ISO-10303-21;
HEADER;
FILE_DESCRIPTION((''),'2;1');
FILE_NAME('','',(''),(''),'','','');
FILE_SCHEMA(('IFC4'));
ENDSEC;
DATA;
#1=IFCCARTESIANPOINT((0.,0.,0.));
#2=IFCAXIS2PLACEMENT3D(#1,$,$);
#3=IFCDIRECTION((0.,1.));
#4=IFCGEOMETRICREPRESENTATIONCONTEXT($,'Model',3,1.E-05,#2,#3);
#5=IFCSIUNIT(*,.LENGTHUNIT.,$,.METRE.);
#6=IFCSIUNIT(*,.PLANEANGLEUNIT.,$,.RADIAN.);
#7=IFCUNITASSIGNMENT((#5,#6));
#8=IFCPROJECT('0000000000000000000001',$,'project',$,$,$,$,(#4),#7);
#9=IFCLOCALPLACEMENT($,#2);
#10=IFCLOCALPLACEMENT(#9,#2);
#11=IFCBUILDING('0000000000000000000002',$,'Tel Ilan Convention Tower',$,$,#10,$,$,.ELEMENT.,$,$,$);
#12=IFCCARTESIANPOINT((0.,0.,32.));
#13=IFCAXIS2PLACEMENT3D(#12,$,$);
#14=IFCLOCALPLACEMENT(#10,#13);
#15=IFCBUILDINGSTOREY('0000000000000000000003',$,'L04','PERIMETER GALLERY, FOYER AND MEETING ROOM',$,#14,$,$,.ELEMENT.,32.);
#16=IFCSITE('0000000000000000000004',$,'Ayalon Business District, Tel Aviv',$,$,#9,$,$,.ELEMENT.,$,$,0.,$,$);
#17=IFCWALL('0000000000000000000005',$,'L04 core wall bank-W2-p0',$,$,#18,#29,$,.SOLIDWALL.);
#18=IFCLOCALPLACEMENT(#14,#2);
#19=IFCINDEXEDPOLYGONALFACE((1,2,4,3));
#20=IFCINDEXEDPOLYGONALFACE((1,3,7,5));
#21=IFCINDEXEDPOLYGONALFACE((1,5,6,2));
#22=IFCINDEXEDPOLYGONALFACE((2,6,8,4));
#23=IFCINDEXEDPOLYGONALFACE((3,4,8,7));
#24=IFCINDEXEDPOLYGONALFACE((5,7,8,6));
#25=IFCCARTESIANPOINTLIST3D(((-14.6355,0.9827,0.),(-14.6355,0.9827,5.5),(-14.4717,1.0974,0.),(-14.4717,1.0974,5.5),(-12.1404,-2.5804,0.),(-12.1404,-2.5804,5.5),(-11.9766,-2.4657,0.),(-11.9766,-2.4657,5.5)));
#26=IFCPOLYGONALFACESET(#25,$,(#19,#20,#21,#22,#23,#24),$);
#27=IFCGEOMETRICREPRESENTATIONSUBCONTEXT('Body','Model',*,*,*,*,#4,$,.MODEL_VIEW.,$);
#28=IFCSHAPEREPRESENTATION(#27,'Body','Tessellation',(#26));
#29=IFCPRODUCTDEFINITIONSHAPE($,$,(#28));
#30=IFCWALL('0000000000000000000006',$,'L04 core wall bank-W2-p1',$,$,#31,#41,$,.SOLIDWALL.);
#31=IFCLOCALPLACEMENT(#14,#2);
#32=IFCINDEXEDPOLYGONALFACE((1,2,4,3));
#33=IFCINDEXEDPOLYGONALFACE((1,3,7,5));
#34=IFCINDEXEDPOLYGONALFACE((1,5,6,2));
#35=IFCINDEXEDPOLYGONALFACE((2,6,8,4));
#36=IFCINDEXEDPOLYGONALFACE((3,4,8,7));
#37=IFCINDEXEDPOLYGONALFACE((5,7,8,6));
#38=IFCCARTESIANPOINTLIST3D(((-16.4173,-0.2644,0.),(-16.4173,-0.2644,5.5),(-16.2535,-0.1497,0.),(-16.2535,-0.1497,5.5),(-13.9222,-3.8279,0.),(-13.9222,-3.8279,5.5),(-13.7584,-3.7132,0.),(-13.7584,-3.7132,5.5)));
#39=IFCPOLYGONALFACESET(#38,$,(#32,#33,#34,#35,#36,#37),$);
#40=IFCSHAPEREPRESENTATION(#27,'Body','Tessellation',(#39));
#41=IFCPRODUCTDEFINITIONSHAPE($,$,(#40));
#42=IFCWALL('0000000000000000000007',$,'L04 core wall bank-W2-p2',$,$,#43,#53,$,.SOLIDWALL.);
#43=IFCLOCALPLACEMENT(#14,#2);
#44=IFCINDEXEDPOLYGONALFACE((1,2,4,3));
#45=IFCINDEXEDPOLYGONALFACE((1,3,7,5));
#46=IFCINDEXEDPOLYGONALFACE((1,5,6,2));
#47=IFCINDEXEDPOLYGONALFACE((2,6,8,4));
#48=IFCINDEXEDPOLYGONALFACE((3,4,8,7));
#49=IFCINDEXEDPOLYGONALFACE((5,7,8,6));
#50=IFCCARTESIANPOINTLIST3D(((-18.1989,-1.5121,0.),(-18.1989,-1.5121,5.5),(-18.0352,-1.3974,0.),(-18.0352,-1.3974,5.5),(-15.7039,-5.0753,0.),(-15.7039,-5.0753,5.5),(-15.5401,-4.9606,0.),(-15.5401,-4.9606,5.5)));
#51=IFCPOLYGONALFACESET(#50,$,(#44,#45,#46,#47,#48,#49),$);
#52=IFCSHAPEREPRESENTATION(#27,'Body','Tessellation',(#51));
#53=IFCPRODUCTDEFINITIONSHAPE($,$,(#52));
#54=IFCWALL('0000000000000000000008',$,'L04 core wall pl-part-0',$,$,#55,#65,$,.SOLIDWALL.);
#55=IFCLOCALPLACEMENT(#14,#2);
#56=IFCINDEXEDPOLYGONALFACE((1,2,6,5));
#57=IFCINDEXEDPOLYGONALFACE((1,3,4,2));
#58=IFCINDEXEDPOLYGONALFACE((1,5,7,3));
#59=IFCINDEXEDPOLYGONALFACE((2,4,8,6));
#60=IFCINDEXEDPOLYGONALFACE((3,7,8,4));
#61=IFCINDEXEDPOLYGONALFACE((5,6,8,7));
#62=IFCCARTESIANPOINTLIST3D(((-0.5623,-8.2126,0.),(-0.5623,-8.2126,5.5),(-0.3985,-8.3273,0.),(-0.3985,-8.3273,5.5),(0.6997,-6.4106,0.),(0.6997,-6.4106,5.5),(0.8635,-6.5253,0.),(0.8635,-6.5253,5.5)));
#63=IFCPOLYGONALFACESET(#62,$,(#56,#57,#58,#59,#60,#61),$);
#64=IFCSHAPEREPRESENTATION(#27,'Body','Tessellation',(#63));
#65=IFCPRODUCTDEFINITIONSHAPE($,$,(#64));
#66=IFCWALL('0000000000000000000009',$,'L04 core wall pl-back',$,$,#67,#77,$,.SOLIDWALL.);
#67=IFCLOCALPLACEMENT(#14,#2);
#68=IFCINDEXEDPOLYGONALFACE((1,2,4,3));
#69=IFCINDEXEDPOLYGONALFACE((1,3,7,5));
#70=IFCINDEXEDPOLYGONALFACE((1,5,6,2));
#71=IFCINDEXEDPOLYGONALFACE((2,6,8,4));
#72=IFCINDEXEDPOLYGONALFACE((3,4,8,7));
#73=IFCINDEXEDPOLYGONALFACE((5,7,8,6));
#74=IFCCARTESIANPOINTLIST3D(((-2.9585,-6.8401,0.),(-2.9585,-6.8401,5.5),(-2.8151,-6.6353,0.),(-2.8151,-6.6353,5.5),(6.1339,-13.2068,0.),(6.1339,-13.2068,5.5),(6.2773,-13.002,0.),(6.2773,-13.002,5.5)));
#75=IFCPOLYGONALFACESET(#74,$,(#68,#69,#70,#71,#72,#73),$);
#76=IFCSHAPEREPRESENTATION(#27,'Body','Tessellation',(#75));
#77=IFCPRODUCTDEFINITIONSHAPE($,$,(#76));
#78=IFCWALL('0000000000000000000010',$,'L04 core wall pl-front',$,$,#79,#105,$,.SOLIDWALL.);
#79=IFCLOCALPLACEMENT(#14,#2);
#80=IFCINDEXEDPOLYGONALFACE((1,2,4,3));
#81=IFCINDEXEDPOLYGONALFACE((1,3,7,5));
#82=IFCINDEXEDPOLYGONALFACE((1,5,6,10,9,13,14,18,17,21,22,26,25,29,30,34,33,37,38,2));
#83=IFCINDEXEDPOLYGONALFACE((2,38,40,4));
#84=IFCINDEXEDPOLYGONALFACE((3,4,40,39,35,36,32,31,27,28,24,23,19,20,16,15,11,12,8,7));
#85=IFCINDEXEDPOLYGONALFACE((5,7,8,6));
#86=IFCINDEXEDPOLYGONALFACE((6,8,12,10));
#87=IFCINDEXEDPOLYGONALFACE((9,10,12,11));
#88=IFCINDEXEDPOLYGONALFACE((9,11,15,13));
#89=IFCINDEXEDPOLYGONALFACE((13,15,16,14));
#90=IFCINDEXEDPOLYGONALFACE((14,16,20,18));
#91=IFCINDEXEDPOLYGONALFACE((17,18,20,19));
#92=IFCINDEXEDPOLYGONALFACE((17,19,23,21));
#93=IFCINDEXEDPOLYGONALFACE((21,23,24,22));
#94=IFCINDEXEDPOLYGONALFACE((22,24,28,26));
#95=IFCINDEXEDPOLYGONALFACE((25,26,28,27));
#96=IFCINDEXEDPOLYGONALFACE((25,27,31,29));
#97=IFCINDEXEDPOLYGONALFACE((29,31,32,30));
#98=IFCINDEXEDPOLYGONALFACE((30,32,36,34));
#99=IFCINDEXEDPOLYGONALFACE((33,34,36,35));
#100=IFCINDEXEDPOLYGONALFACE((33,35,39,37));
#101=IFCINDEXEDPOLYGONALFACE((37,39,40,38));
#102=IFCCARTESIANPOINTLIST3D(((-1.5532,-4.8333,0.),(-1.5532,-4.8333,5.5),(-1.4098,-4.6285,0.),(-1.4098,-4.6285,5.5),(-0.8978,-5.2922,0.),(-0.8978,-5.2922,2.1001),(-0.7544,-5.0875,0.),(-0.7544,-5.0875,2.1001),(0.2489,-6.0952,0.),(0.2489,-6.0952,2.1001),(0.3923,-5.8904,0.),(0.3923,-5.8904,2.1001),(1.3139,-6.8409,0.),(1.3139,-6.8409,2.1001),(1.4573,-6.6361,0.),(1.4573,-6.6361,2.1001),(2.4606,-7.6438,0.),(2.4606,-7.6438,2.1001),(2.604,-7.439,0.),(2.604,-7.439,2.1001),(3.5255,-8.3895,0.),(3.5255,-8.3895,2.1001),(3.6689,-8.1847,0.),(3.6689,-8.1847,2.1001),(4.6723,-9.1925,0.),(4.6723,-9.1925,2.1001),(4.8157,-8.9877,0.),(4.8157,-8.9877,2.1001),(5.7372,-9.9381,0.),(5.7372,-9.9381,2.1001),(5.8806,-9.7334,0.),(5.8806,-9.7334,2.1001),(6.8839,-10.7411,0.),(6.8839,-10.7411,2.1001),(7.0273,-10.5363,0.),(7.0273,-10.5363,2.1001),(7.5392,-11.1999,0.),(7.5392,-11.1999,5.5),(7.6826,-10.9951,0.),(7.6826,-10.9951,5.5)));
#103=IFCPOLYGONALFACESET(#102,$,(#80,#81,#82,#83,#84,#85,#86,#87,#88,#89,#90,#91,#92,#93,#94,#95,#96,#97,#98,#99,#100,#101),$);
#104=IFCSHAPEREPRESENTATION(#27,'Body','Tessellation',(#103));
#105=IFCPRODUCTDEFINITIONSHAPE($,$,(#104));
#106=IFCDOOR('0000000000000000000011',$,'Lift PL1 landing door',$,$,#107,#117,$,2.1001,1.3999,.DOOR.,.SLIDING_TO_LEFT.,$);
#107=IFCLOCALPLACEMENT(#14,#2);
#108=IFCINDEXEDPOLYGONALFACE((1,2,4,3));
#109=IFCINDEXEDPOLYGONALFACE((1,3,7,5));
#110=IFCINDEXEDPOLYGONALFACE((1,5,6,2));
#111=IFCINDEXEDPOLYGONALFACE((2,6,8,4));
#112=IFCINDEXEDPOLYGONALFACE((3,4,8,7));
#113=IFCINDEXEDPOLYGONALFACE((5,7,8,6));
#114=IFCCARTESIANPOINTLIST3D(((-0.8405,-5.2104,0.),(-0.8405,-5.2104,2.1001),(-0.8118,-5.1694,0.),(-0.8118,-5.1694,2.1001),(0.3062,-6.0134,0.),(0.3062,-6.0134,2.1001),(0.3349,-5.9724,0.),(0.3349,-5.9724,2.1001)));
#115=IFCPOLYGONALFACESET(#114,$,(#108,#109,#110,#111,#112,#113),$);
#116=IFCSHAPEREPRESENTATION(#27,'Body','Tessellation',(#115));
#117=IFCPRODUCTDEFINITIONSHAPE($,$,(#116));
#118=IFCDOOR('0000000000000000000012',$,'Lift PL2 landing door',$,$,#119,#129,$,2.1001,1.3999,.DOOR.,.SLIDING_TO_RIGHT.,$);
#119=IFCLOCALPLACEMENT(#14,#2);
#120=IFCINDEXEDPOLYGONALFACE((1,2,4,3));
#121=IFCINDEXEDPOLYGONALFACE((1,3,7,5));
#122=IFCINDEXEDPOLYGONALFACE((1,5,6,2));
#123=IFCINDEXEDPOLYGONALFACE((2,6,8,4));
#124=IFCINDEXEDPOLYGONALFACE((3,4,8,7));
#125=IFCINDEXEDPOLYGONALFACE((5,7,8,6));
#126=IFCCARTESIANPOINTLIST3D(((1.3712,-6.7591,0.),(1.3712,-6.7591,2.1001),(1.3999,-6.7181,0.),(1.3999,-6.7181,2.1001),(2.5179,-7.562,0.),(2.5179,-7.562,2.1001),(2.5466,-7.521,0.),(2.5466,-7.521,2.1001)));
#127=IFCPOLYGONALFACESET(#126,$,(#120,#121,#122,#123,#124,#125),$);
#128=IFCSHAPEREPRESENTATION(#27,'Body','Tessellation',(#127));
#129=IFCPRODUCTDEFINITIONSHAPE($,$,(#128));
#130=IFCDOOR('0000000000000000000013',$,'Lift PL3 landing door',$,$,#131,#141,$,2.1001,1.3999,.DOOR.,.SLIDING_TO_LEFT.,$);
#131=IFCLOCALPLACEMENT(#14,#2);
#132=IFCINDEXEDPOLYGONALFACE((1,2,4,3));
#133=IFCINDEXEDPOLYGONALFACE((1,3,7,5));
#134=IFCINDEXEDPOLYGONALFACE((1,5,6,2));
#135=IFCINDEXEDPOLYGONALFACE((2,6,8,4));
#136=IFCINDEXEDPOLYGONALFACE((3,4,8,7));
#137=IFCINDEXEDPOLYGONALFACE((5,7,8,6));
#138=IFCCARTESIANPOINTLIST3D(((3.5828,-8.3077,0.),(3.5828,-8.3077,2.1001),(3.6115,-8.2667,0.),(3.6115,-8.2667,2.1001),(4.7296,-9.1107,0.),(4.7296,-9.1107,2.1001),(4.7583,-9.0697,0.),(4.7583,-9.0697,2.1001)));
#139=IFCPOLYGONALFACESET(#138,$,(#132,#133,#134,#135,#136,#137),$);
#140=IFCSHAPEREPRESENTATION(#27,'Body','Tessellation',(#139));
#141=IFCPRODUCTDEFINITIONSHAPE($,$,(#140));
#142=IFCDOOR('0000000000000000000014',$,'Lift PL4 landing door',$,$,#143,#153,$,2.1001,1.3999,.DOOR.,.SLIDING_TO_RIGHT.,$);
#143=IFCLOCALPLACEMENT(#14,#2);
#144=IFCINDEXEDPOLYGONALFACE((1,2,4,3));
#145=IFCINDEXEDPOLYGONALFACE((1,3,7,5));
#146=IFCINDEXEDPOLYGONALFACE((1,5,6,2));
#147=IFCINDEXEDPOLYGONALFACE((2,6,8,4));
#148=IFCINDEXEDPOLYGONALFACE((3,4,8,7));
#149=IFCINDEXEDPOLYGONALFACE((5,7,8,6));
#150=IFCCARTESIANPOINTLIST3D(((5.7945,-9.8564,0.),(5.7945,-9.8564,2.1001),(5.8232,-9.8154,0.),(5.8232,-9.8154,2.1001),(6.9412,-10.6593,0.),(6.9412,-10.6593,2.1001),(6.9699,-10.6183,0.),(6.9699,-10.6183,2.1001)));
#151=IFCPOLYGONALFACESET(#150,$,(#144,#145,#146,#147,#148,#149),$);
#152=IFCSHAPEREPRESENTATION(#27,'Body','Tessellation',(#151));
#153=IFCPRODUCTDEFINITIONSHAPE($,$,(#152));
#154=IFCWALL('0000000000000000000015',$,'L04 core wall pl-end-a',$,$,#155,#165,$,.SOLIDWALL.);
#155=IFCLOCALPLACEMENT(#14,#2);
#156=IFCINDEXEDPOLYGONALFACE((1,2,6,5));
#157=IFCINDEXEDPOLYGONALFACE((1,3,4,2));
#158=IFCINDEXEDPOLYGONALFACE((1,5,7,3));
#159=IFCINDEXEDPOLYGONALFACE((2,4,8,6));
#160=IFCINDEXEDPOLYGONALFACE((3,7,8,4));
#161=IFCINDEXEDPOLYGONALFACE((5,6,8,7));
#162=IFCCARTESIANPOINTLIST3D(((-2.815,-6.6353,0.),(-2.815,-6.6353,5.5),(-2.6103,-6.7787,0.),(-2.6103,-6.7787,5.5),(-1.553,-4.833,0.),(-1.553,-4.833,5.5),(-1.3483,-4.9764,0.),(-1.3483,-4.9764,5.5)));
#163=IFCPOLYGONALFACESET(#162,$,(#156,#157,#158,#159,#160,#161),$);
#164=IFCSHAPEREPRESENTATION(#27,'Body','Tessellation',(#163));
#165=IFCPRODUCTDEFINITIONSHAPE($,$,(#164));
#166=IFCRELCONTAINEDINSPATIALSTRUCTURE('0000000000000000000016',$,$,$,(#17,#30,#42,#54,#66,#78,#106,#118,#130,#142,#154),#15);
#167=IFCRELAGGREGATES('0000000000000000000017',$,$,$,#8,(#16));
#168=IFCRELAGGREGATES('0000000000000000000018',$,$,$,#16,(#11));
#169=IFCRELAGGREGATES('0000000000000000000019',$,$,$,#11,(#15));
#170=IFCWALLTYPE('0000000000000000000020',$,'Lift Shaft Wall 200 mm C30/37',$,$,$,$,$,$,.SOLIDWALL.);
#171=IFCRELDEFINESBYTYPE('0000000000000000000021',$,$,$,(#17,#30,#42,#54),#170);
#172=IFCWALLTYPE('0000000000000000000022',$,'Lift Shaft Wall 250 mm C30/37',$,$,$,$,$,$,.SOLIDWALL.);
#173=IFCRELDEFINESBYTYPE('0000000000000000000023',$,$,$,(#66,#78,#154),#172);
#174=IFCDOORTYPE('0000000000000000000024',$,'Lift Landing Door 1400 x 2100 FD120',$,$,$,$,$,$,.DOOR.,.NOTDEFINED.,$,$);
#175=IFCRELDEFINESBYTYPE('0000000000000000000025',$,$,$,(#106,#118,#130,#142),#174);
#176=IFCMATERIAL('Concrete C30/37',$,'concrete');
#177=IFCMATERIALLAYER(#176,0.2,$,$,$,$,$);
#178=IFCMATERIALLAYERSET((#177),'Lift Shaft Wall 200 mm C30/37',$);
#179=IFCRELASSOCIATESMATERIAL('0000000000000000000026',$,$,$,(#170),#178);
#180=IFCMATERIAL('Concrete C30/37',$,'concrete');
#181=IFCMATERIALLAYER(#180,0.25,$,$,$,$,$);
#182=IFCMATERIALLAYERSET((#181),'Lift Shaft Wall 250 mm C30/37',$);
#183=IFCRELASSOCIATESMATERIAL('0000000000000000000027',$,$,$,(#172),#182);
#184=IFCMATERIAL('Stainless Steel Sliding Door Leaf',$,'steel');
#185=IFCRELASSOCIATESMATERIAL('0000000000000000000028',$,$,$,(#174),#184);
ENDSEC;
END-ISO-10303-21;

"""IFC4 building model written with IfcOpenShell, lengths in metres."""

from ifc_helpers import new_model, si_unit, direction, frame, frame_2d, origin, place, context, subcontext, project, spatial, rectangle, extrude, material, layer, layer_set, type_object, element, fill, save


model = new_model("IFC4")

# Units and contexts
model_context = context("Model", 3, precision=1e-05, world=origin(), true_north=direction((0.0, 1.0)))
body_context = subcontext(model_context, "Body", "Model", "MODEL_VIEW")
ifc_project = project(units=[si_unit("LENGTHUNIT", "METRE"), si_unit("PLANEANGLEUNIT", "RADIAN")], contexts=[model_context])

# Site, building, storey
site_placement = place(None, origin())
site = spatial("IfcSite", under=ifc_project, at=site_placement, Name="Ayalon Business District, Tel Aviv", CompositionType="ELEMENT", RefElevation=0.0)
building_placement = place(site_placement, origin())
building = spatial("IfcBuilding", under=site, at=building_placement, Name="Tel Ilan Convention Tower", CompositionType="ELEMENT")
storey_placement = place(building_placement, frame((0.0, 0.0, 32.0)))
storey = spatial("IfcBuildingStorey", under=building, at=storey_placement, Name="L04", Description="PERIMETER GALLERY, FOYER AND MEETING ROOM", CompositionType="ELEMENT", Elevation=32.0)

# Walls
ifc_material_1 = material(Name="Concrete C30/37", Category="concrete")
ifc_layer_1 = layer(ifc_material_1, 0.2)
ifc_layer_set_1 = layer_set([ifc_layer_1], Name="Lift Shaft Wall 200 mm C30/37")
wall_type_1 = type_object("IfcWallType", Name="Lift Shaft Wall 200 mm C30/37", PredefinedType="SOLIDWALL", material=ifc_layer_set_1)
wall_1_placement = place(storey_placement, frame((-12.0586, -2.5229, 0.0), z_axis=(0.0, 0.0, 1.0), x_axis=(-0.573594, 0.81914, 0.0)))
element("IfcWall", 1, at=wall_1_placement, inside=storey, type_object=wall_type_1, Name="L04 core wall bank-W2-p0", PredefinedType="SOLIDWALL", context=body_context, shape_type="SweptSolid", body=[
    extrude(rectangle(XDim=4.3499, YDim=0.2, at=frame_2d((2.1748, 0.0))), origin(), (0.0, 0.0, 1.0), 5.5),
])
wall_2_placement = place(storey_placement, frame((-13.8403, -3.7705, 0.0), z_axis=(0.0, 0.0, 1.0), x_axis=(-0.573568, 0.819158, 0.0)))
element("IfcWall", 2, at=wall_2_placement, inside=storey, type_object=wall_type_1, Name="L04 core wall bank-W2-p1", PredefinedType="SOLIDWALL", context=body_context, shape_type="SweptSolid", body=[
    extrude(rectangle(XDim=4.3501, YDim=0.2, at=frame_2d((2.175, 0.0))), origin(), (0.0, 0.0, 1.0), 5.5),
])
wall_3_placement = place(storey_placement, frame((-15.6221, -5.0178, 0.0), z_axis=(0.0, 0.0, 1.0), x_axis=(-0.573594, 0.81914, 0.0)))
element("IfcWall", 3, at=wall_3_placement, inside=storey, type_object=wall_type_1, Name="L04 core wall bank-W2-p2", PredefinedType="SOLIDWALL", context=body_context, shape_type="SweptSolid", body=[
    extrude(rectangle(XDim=4.3499, YDim=0.2, at=frame_2d((2.1748, 0.0))), origin(), (0.0, 0.0, 1.0), 5.5),
])
wall_4_placement = place(storey_placement, frame((-0.4805, -8.27, 0.0), z_axis=(0.0, 0.0, 1.0), x_axis=(0.573634, 0.819112, 0.0)))
element("IfcWall", 4, at=wall_4_placement, inside=storey, type_object=wall_type_1, Name="L04 core wall pl-part-0", PredefinedType="SOLIDWALL", context=body_context, shape_type="SweptSolid", body=[
    extrude(rectangle(XDim=2.2, YDim=0.2, at=frame_2d((1.1001, 0.0))), origin(), (0.0, 0.0, 1.0), 5.5),
])
ifc_material_2 = material(Name="Concrete C30/37", Category="concrete")
ifc_layer_2 = layer(ifc_material_2, 0.25)
ifc_layer_set_2 = layer_set([ifc_layer_2], Name="Lift Shaft Wall 250 mm C30/37")
wall_type_2 = type_object("IfcWallType", Name="Lift Shaft Wall 250 mm C30/37", PredefinedType="SOLIDWALL", material=ifc_layer_set_2)
wall_5_placement = place(storey_placement, frame((-2.8867, -6.7378, 0.0), z_axis=(0.0, 0.0, 1.0), x_axis=(0.81915, -0.573579, 0.0)))
element("IfcWall", 5, at=wall_5_placement, inside=storey, type_object=wall_type_2, Name="L04 core wall pl-back", PredefinedType="SOLIDWALL", context=body_context, shape_type="SweptSolid", body=[
    extrude(rectangle(XDim=11.0999, YDim=0.25, at=frame_2d((5.5498, 0.0))), origin(), (0.0, 0.0, 1.0), 5.5),
])

# Wall, openings, doors
wall_6_placement = place(storey_placement, frame((-1.4814, -4.731, 0.0), z_axis=(0.0, 0.0, 1.0), x_axis=(0.81915, -0.573579, 0.0)))
wall_6 = element("IfcWall", 6, at=wall_6_placement, inside=storey, type_object=wall_type_2, Name="L04 core wall pl-front", PredefinedType="SOLIDWALL", context=body_context, shape_type="SweptSolid", body=[
    extrude(rectangle(XDim=11.0999, YDim=0.25, at=frame_2d((5.5498, 0.0))), origin(), (0.0, 0.0, 1.0), 5.5),
])
opening_1_placement = place(wall_6_placement, frame((0.8, 0.0, 0.0)))
opening_1 = element("IfcOpeningElement", 7, at=opening_1_placement, cuts=wall_6, PredefinedType="OPENING", context=body_context, shape_type="SweptSolid", body=[
    extrude(rectangle(XDim=1.3999, YDim=2.1001, at=frame_2d((0.7, 1.05))), frame((0.0, 0.135, 0.0), z_axis=(0.0, -1.0, 0.0), x_axis=(1.0, 0.0, 0.0)), (0.0, 0.0, 1.0), 0.27),
])
opening_2_placement = place(wall_6_placement, frame((3.5, 0.0, 0.0)))
opening_2 = element("IfcOpeningElement", 8, at=opening_2_placement, cuts=wall_6, PredefinedType="OPENING", context=body_context, shape_type="SweptSolid", body=[
    extrude(rectangle(XDim=1.3999, YDim=2.1001, at=frame_2d((0.7, 1.05))), frame((0.0, 0.135, 0.0), z_axis=(0.0, -1.0, 0.0), x_axis=(1.0, 0.0, 0.0)), (0.0, 0.0, 1.0), 0.27),
])
opening_3_placement = place(wall_6_placement, frame((6.2, 0.0, 0.0)))
opening_3 = element("IfcOpeningElement", 9, at=opening_3_placement, cuts=wall_6, PredefinedType="OPENING", context=body_context, shape_type="SweptSolid", body=[
    extrude(rectangle(XDim=1.3999, YDim=2.1001, at=frame_2d((0.7, 1.05))), frame((0.0, 0.135, 0.0), z_axis=(0.0, -1.0, 0.0), x_axis=(1.0, 0.0, 0.0)), (0.0, 0.0, 1.0), 0.27),
])
opening_4_placement = place(wall_6_placement, frame((8.8999, 0.0, 0.0)))
opening_4 = element("IfcOpeningElement", 10, at=opening_4_placement, cuts=wall_6, PredefinedType="OPENING", context=body_context, shape_type="SweptSolid", body=[
    extrude(rectangle(XDim=1.3999, YDim=2.1001, at=frame_2d((0.7, 1.05))), frame((0.0, 0.135, 0.0), z_axis=(0.0, -1.0, 0.0), x_axis=(1.0, 0.0, 0.0)), (0.0, 0.0, 1.0), 0.27),
])
ifc_material_3 = material(Name="Stainless Steel Sliding Door Leaf", Category="steel")
door_type_1 = type_object("IfcDoorType", Name="Lift Landing Door 1400 x 2100 FD120", OperationType="NOTDEFINED", PredefinedType="DOOR", material=ifc_material_3)
door_1_placement = place(opening_1_placement, origin())
door_1 = element("IfcDoor", 11, at=door_1_placement, inside=storey, type_object=door_type_1, Name="Lift PL1 landing door", OperationType="SLIDING_TO_LEFT", OverallHeight=2.1001, OverallWidth=1.3999, PredefinedType="DOOR", context=body_context, shape_type="SweptSolid", body=[
    extrude(rectangle(XDim=1.3999, YDim=2.1001, at=frame_2d((0.7, 1.05))), frame((0.0, 0.0249, 0.0), z_axis=(0.0, -1.0, 0.0), x_axis=(1.0, 0.0, 0.0)), (0.0, 0.0, 1.0), 0.05),
])
fill(opening_1, door_1)
door_2_placement = place(opening_2_placement, origin())
door_2 = element("IfcDoor", 12, at=door_2_placement, inside=storey, type_object=door_type_1, Name="Lift PL2 landing door", OperationType="SLIDING_TO_RIGHT", OverallHeight=2.1001, OverallWidth=1.3999, PredefinedType="DOOR", context=body_context, shape_type="SweptSolid", body=[
    extrude(rectangle(XDim=1.3999, YDim=2.1001, at=frame_2d((0.7, 1.05))), frame((0.0, 0.0249, 0.0), z_axis=(0.0, -1.0, 0.0), x_axis=(1.0, 0.0, 0.0)), (0.0, 0.0, 1.0), 0.05),
])
fill(opening_2, door_2)
door_3_placement = place(opening_3_placement, origin())
door_3 = element("IfcDoor", 13, at=door_3_placement, inside=storey, type_object=door_type_1, Name="Lift PL3 landing door", OperationType="SLIDING_TO_LEFT", OverallHeight=2.1001, OverallWidth=1.3999, PredefinedType="DOOR", context=body_context, shape_type="SweptSolid", body=[
    extrude(rectangle(XDim=1.3999, YDim=2.1001, at=frame_2d((0.7, 1.05))), frame((0.0, 0.0249, 0.0), z_axis=(0.0, -1.0, 0.0), x_axis=(1.0, 0.0, 0.0)), (0.0, 0.0, 1.0), 0.05),
])
fill(opening_3, door_3)
door_4_placement = place(opening_4_placement, origin())
door_4 = element("IfcDoor", 14, at=door_4_placement, inside=storey, type_object=door_type_1, Name="Lift PL4 landing door", OperationType="SLIDING_TO_RIGHT", OverallHeight=2.1001, OverallWidth=1.3999, PredefinedType="DOOR", context=body_context, shape_type="SweptSolid", body=[
    extrude(rectangle(XDim=1.3999, YDim=2.1001, at=frame_2d((0.7, 1.05))), frame((0.0, 0.0249, 0.0), z_axis=(0.0, -1.0, 0.0), x_axis=(1.0, 0.0, 0.0)), (0.0, 0.0, 1.0), 0.05),
])
fill(opening_4, door_4)

# Wall
wall_7_placement = place(storey_placement, frame((-2.7126, -6.707, 0.0), z_axis=(0.0, 0.0, 1.0), x_axis=(0.573581, 0.819149, 0.0)))
element("IfcWall", 15, at=wall_7_placement, inside=storey, type_object=wall_type_2, Name="L04 core wall pl-end-a", PredefinedType="SOLIDWALL", context=body_context, shape_type="SweptSolid", body=[
    extrude(rectangle(XDim=2.2002, YDim=0.25, at=frame_2d((1.1001, 0.0))), origin(), (0.0, 0.0, 1.0), 5.5),
])

save(model, "model.ifc")
